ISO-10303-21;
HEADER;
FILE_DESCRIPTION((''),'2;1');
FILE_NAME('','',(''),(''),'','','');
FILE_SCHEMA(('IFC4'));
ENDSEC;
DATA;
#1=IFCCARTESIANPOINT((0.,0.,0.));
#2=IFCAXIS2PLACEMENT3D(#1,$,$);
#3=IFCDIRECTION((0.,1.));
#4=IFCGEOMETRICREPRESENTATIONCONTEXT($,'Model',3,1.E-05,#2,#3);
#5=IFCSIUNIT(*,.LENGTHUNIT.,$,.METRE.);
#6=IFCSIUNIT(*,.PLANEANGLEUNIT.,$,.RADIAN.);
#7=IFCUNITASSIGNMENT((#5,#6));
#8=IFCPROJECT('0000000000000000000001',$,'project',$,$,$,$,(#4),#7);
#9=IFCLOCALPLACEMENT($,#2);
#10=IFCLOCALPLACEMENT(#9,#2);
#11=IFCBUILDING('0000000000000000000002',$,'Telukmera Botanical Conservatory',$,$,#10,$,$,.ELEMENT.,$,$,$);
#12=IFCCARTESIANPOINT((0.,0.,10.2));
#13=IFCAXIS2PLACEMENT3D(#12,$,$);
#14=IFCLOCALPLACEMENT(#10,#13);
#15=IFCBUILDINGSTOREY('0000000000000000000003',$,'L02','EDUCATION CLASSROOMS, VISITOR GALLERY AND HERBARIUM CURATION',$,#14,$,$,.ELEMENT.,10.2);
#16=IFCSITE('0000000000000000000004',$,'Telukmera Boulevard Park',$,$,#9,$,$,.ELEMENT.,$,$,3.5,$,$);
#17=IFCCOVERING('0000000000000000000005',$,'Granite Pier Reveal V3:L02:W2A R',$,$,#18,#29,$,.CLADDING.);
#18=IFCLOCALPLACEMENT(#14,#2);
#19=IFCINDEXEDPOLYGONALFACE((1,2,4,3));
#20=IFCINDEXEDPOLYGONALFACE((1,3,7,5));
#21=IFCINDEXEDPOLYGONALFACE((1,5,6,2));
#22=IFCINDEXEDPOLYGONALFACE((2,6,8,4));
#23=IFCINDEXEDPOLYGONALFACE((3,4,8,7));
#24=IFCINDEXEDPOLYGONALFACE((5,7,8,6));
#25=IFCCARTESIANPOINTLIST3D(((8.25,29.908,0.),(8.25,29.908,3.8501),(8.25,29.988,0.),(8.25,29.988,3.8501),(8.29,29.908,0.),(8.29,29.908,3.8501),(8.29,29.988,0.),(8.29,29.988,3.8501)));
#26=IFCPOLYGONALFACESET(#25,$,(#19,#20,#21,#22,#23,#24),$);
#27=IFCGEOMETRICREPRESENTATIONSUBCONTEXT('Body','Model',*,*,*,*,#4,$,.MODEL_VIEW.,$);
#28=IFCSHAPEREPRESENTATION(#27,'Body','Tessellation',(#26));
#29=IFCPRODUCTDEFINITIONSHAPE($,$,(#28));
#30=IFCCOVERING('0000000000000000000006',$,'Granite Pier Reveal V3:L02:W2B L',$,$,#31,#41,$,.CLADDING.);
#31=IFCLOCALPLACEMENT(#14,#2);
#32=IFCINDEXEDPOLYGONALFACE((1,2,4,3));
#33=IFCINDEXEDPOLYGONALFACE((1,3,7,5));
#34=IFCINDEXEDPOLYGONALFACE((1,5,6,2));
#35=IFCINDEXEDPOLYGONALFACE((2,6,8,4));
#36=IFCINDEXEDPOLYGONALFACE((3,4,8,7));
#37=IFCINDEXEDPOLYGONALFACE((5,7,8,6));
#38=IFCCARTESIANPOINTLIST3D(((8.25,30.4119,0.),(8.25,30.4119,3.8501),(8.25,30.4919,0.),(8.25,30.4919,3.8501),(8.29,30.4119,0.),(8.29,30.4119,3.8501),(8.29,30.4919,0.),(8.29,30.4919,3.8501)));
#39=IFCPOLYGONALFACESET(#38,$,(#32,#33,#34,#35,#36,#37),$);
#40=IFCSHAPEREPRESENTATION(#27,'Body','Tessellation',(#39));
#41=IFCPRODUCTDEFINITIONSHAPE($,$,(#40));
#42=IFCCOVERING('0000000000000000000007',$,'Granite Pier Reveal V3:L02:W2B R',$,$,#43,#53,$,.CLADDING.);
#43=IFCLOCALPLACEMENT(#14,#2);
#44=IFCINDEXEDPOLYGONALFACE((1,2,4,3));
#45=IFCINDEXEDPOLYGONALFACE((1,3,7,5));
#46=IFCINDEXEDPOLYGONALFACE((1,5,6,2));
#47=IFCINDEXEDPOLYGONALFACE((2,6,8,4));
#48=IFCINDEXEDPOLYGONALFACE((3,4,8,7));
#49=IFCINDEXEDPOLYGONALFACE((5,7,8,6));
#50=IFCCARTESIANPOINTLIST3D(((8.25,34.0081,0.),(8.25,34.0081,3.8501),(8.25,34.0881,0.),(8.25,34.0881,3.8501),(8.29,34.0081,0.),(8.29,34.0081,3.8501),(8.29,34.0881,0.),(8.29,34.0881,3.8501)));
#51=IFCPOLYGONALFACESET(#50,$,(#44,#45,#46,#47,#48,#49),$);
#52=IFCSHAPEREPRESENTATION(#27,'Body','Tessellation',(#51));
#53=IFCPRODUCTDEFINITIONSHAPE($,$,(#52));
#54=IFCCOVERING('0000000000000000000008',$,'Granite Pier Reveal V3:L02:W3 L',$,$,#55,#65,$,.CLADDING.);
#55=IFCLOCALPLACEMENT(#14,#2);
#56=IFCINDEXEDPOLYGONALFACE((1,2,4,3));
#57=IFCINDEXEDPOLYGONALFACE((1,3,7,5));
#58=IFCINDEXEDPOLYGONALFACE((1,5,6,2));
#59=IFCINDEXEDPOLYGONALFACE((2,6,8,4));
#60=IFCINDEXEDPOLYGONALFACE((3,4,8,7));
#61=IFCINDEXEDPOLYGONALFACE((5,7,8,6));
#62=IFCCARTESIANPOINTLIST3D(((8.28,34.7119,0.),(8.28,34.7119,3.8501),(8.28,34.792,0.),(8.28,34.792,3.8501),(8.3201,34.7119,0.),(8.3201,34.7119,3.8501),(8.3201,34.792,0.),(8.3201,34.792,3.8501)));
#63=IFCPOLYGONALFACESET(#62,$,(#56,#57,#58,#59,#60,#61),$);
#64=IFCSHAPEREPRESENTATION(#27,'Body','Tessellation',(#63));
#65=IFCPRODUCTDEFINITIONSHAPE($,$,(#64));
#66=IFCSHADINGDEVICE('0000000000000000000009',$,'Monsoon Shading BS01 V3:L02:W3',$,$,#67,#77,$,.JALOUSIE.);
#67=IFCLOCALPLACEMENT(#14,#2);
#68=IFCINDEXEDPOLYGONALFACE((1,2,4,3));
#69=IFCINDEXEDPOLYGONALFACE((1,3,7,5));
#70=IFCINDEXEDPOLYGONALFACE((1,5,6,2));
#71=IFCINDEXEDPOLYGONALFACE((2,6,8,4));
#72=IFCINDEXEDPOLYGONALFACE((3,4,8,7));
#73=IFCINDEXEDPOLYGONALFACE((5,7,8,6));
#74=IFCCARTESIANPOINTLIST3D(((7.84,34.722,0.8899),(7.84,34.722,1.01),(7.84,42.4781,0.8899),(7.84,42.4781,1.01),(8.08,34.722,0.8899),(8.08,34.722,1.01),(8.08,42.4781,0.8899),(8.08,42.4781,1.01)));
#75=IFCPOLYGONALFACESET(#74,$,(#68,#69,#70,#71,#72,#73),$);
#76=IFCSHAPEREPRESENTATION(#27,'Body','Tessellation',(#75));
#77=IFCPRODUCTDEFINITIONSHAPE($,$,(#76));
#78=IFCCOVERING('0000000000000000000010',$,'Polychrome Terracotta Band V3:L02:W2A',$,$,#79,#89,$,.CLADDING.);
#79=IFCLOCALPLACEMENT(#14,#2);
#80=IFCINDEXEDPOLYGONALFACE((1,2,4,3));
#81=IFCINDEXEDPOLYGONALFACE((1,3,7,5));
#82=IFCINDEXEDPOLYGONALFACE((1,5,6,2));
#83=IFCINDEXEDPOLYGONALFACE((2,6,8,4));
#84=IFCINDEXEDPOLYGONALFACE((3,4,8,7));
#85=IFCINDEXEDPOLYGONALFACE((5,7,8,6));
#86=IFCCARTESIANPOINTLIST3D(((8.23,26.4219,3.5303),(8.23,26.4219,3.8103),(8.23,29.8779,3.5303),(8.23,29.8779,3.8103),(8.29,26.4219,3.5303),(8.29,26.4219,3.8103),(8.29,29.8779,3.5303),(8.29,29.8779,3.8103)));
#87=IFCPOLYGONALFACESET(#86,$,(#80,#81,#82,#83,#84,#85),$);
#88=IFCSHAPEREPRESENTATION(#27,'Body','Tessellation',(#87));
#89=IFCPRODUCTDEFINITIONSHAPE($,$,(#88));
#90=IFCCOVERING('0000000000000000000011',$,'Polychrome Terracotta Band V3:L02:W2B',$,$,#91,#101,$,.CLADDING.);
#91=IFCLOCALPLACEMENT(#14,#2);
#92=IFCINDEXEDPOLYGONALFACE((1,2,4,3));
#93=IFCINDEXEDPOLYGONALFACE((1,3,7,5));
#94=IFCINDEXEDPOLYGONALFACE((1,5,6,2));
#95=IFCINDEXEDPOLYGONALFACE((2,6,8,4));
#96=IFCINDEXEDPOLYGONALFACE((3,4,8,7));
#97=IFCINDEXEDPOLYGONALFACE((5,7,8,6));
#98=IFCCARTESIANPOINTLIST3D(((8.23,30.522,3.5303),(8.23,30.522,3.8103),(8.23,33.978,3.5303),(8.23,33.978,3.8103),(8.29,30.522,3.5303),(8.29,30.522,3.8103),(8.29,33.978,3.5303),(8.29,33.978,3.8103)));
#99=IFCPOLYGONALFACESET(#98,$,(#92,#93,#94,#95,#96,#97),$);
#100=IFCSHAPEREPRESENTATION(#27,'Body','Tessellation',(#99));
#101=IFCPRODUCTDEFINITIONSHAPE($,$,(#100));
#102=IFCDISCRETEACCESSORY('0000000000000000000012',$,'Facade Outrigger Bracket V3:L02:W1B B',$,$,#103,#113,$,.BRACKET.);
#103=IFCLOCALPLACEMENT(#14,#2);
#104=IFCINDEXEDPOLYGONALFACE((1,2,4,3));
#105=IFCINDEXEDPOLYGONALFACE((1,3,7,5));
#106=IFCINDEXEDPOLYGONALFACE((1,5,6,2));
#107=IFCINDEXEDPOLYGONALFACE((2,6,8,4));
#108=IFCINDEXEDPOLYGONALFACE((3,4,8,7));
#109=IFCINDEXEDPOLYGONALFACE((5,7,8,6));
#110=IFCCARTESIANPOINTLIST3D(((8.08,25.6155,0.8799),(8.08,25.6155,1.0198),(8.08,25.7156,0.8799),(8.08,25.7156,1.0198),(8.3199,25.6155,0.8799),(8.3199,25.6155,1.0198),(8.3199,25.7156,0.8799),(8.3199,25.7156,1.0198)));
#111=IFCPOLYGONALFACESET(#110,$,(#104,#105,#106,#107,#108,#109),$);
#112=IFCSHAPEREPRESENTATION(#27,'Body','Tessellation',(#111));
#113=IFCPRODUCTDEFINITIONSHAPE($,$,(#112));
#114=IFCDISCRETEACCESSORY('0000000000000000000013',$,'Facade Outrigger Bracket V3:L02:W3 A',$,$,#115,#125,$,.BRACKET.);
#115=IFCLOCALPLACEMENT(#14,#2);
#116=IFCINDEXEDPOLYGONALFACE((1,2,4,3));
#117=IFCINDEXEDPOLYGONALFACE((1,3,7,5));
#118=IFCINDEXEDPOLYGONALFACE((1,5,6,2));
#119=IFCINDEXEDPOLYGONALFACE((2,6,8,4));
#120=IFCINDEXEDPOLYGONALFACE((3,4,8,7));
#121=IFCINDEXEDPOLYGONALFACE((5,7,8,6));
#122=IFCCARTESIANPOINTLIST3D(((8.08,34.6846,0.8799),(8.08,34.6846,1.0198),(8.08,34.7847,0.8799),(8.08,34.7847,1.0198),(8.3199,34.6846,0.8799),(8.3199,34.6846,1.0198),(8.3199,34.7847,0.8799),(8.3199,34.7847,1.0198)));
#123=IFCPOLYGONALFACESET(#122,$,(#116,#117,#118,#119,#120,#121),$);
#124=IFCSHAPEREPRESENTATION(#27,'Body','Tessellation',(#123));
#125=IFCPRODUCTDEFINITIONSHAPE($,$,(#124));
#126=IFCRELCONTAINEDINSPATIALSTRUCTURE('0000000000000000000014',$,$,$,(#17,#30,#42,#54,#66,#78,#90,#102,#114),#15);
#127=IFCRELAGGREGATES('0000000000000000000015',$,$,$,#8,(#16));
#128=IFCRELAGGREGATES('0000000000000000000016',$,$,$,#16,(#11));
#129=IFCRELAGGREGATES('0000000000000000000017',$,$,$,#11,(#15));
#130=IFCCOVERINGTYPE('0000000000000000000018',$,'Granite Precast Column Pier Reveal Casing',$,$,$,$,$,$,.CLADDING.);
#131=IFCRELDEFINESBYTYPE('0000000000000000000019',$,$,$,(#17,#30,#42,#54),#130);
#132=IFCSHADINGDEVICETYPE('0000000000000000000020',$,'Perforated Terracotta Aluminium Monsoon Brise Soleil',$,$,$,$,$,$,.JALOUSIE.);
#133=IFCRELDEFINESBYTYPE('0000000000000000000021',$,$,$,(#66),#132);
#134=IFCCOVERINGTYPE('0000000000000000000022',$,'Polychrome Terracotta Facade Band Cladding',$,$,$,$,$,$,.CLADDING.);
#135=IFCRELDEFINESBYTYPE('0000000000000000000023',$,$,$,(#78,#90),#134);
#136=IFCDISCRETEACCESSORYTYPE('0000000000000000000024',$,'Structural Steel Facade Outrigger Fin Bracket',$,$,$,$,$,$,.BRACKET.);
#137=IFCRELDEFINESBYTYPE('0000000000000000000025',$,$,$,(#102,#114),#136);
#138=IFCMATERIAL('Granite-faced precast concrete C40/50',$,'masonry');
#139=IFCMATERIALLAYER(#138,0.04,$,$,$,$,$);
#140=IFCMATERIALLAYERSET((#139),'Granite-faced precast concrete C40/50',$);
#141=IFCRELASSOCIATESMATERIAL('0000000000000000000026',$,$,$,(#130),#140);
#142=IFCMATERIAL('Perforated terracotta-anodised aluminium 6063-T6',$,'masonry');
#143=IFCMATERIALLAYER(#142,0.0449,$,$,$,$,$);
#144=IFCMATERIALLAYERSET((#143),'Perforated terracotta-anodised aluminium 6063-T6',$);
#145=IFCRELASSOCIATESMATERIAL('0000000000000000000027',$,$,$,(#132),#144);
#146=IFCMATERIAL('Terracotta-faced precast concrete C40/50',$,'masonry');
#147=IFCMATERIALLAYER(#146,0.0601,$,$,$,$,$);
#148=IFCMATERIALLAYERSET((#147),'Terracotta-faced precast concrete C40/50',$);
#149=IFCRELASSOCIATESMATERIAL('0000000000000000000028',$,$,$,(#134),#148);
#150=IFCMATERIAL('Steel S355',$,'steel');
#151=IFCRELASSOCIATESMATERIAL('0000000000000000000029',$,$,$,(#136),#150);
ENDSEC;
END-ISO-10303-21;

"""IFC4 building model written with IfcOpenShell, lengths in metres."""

from ifc_helpers import new_model, si_unit, direction, frame, origin, origin_2d, place, context, subcontext, project, spatial, rectangle, extrude, material, layer, layer_set, type_object, element, save


model = new_model("IFC4")

# Units and contexts
model_context = context("Model", 3, precision=1e-05, world=origin(), true_north=direction((0.0, 1.0)))
body_context = subcontext(model_context, "Body", "Model", "MODEL_VIEW")
ifc_project = project(units=[si_unit("LENGTHUNIT", "METRE"), si_unit("PLANEANGLEUNIT", "RADIAN")], contexts=[model_context])

# Site, building, storey
site_placement = place(None, origin())
site = spatial("IfcSite", under=ifc_project, at=site_placement, Name="Telukmera Boulevard Park", CompositionType="ELEMENT", RefElevation=3.5)
building_placement = place(site_placement, origin())
building = spatial("IfcBuilding", under=site, at=building_placement, Name="Telukmera Botanical Conservatory", CompositionType="ELEMENT")
storey_placement = place(building_placement, frame((0.0, 0.0, 10.2)))
storey = spatial("IfcBuildingStorey", under=building, at=storey_placement, Name="L02", Description="EDUCATION CLASSROOMS, VISITOR GALLERY AND HERBARIUM CURATION", CompositionType="ELEMENT", Elevation=10.2)

# Shared definitions
ifc_material_1 = material(Name="Terracotta-faced precast concrete C40/50", Category="masonry")

# Coverings
ifc_material_2 = material(Name="Granite-faced precast concrete C40/50", Category="masonry")
ifc_layer_1 = layer(ifc_material_2, 0.04)
ifc_layer_set_1 = layer_set([ifc_layer_1], Name="Granite-faced precast concrete C40/50")
covering_type_1 = type_object("IfcCoveringType", Name="Granite Precast Column Pier Reveal Casing", PredefinedType="CLADDING", material=ifc_layer_set_1)
for number, where, z_axis, x_axis, name in (
    (1, (8.27, 29.948, 0.0), (0.0, 0.0, 1.0), (0.0, 1.0, 0.0), "Granite Pier Reveal V3:L02:W2A R"),
    (2, (8.27, 30.4519, 0.0), (0.0, 0.0, 1.0), (0.0, 1.0, 0.0), "Granite Pier Reveal V3:L02:W2B L"),
    (3, (8.27, 34.0481, 0.0), (0.0, 0.0, 1.0), (0.0, 1.0, 0.0), "Granite Pier Reveal V3:L02:W2B R"),
    (4, (8.3, 34.752, 0.0), (0.0, 0.0, 1.0), (0.0, 1.0, 0.0), "Granite Pier Reveal V3:L02:W3 L"),
):
    element("IfcCovering", number, at=place(storey_placement, frame(where, z_axis=z_axis, x_axis=x_axis)), inside=storey, type_object=covering_type_1, Name=name, PredefinedType="CLADDING", context=body_context, shape_type="SweptSolid", body=[
        extrude(rectangle(XDim=0.0801, YDim=0.04, at=origin_2d()), origin(), (0.0, 0.0, 1.0), 3.8501),
    ])

# Shading device
ifc_material_3 = material(Name="Perforated terracotta-anodised aluminium 6063-T6", Category="masonry")
ifc_layer_2 = layer(ifc_material_3, 0.0449)
ifc_layer_set_2 = layer_set([ifc_layer_2], Name="Perforated terracotta-anodised aluminium 6063-T6")
shading_device_type = type_object("IfcShadingDeviceType", Name="Perforated Terracotta Aluminium Monsoon Brise Soleil", PredefinedType="JALOUSIE", material=ifc_layer_set_2)
shading_device_placement = place(storey_placement, frame((7.96, 38.6001, 0.8899), z_axis=(0.0, 0.0, 1.0), x_axis=(0.0, 1.0, 0.0)))
element("IfcShadingDevice", 5, at=shading_device_placement, inside=storey, type_object=shading_device_type, Name="Monsoon Shading BS01 V3:L02:W3", PredefinedType="JALOUSIE", context=body_context, shape_type="SweptSolid", body=[
    extrude(rectangle(XDim=7.7561, YDim=0.24, at=origin_2d()), origin(), (0.0, 0.0, 1.0), 0.1201),
])

# Coverings
ifc_layer_3 = layer(ifc_material_1, 0.0601)
ifc_layer_set_3 = layer_set([ifc_layer_3], Name="Terracotta-faced precast concrete C40/50")
covering_type_2 = type_object("IfcCoveringType", Name="Polychrome Terracotta Facade Band Cladding", PredefinedType="CLADDING", material=ifc_layer_set_3)
for number, where, z_axis, x_axis, name in (
    (6, (8.26, 28.1499, 3.5303), (0.0, 0.0, 1.0), (0.0, 1.0, 0.0), "Polychrome Terracotta Band V3:L02:W2A"),
    (7, (8.26, 32.25, 3.5303), (0.0, 0.0, 1.0), (0.0, 1.0, 0.0), "Polychrome Terracotta Band V3:L02:W2B"),
):
    element("IfcCovering", number, at=place(storey_placement, frame(where, z_axis=z_axis, x_axis=x_axis)), inside=storey, type_object=covering_type_2, Name=name, PredefinedType="CLADDING", context=body_context, shape_type="SweptSolid", body=[
        extrude(rectangle(XDim=3.4561, YDim=0.0601, at=origin_2d()), origin(), (0.0, 0.0, 1.0), 0.28),
    ])

# Discrete accessories
ifc_material_4 = material(Name="Steel S355", Category="steel")
discrete_accessory_type = type_object("IfcDiscreteAccessoryType", Name="Structural Steel Facade Outrigger Fin Bracket", PredefinedType="BRACKET", material=ifc_material_4)
for number, where, z_axis, x_axis, name in (
    (8, (8.2, 25.6655, 0.8799), (0.0, 0.0, 1.0), (0.0, 1.0, 0.0), "Facade Outrigger Bracket V3:L02:W1B B"),
    (9, (8.2, 34.7346, 0.8799), (0.0, 0.0, 1.0), (0.0, 1.0, 0.0), "Facade Outrigger Bracket V3:L02:W3 A"),
):
    element("IfcDiscreteAccessory", number, at=place(storey_placement, frame(where, z_axis=z_axis, x_axis=x_axis)), inside=storey, type_object=discrete_accessory_type, Name=name, PredefinedType="BRACKET", context=body_context, shape_type="SweptSolid", body=[
        extrude(rectangle(XDim=0.1001, YDim=0.24, at=origin_2d()), origin(), (0.0, 0.0, 1.0), 0.1399),
    ])

save(model, "model.ifc")
